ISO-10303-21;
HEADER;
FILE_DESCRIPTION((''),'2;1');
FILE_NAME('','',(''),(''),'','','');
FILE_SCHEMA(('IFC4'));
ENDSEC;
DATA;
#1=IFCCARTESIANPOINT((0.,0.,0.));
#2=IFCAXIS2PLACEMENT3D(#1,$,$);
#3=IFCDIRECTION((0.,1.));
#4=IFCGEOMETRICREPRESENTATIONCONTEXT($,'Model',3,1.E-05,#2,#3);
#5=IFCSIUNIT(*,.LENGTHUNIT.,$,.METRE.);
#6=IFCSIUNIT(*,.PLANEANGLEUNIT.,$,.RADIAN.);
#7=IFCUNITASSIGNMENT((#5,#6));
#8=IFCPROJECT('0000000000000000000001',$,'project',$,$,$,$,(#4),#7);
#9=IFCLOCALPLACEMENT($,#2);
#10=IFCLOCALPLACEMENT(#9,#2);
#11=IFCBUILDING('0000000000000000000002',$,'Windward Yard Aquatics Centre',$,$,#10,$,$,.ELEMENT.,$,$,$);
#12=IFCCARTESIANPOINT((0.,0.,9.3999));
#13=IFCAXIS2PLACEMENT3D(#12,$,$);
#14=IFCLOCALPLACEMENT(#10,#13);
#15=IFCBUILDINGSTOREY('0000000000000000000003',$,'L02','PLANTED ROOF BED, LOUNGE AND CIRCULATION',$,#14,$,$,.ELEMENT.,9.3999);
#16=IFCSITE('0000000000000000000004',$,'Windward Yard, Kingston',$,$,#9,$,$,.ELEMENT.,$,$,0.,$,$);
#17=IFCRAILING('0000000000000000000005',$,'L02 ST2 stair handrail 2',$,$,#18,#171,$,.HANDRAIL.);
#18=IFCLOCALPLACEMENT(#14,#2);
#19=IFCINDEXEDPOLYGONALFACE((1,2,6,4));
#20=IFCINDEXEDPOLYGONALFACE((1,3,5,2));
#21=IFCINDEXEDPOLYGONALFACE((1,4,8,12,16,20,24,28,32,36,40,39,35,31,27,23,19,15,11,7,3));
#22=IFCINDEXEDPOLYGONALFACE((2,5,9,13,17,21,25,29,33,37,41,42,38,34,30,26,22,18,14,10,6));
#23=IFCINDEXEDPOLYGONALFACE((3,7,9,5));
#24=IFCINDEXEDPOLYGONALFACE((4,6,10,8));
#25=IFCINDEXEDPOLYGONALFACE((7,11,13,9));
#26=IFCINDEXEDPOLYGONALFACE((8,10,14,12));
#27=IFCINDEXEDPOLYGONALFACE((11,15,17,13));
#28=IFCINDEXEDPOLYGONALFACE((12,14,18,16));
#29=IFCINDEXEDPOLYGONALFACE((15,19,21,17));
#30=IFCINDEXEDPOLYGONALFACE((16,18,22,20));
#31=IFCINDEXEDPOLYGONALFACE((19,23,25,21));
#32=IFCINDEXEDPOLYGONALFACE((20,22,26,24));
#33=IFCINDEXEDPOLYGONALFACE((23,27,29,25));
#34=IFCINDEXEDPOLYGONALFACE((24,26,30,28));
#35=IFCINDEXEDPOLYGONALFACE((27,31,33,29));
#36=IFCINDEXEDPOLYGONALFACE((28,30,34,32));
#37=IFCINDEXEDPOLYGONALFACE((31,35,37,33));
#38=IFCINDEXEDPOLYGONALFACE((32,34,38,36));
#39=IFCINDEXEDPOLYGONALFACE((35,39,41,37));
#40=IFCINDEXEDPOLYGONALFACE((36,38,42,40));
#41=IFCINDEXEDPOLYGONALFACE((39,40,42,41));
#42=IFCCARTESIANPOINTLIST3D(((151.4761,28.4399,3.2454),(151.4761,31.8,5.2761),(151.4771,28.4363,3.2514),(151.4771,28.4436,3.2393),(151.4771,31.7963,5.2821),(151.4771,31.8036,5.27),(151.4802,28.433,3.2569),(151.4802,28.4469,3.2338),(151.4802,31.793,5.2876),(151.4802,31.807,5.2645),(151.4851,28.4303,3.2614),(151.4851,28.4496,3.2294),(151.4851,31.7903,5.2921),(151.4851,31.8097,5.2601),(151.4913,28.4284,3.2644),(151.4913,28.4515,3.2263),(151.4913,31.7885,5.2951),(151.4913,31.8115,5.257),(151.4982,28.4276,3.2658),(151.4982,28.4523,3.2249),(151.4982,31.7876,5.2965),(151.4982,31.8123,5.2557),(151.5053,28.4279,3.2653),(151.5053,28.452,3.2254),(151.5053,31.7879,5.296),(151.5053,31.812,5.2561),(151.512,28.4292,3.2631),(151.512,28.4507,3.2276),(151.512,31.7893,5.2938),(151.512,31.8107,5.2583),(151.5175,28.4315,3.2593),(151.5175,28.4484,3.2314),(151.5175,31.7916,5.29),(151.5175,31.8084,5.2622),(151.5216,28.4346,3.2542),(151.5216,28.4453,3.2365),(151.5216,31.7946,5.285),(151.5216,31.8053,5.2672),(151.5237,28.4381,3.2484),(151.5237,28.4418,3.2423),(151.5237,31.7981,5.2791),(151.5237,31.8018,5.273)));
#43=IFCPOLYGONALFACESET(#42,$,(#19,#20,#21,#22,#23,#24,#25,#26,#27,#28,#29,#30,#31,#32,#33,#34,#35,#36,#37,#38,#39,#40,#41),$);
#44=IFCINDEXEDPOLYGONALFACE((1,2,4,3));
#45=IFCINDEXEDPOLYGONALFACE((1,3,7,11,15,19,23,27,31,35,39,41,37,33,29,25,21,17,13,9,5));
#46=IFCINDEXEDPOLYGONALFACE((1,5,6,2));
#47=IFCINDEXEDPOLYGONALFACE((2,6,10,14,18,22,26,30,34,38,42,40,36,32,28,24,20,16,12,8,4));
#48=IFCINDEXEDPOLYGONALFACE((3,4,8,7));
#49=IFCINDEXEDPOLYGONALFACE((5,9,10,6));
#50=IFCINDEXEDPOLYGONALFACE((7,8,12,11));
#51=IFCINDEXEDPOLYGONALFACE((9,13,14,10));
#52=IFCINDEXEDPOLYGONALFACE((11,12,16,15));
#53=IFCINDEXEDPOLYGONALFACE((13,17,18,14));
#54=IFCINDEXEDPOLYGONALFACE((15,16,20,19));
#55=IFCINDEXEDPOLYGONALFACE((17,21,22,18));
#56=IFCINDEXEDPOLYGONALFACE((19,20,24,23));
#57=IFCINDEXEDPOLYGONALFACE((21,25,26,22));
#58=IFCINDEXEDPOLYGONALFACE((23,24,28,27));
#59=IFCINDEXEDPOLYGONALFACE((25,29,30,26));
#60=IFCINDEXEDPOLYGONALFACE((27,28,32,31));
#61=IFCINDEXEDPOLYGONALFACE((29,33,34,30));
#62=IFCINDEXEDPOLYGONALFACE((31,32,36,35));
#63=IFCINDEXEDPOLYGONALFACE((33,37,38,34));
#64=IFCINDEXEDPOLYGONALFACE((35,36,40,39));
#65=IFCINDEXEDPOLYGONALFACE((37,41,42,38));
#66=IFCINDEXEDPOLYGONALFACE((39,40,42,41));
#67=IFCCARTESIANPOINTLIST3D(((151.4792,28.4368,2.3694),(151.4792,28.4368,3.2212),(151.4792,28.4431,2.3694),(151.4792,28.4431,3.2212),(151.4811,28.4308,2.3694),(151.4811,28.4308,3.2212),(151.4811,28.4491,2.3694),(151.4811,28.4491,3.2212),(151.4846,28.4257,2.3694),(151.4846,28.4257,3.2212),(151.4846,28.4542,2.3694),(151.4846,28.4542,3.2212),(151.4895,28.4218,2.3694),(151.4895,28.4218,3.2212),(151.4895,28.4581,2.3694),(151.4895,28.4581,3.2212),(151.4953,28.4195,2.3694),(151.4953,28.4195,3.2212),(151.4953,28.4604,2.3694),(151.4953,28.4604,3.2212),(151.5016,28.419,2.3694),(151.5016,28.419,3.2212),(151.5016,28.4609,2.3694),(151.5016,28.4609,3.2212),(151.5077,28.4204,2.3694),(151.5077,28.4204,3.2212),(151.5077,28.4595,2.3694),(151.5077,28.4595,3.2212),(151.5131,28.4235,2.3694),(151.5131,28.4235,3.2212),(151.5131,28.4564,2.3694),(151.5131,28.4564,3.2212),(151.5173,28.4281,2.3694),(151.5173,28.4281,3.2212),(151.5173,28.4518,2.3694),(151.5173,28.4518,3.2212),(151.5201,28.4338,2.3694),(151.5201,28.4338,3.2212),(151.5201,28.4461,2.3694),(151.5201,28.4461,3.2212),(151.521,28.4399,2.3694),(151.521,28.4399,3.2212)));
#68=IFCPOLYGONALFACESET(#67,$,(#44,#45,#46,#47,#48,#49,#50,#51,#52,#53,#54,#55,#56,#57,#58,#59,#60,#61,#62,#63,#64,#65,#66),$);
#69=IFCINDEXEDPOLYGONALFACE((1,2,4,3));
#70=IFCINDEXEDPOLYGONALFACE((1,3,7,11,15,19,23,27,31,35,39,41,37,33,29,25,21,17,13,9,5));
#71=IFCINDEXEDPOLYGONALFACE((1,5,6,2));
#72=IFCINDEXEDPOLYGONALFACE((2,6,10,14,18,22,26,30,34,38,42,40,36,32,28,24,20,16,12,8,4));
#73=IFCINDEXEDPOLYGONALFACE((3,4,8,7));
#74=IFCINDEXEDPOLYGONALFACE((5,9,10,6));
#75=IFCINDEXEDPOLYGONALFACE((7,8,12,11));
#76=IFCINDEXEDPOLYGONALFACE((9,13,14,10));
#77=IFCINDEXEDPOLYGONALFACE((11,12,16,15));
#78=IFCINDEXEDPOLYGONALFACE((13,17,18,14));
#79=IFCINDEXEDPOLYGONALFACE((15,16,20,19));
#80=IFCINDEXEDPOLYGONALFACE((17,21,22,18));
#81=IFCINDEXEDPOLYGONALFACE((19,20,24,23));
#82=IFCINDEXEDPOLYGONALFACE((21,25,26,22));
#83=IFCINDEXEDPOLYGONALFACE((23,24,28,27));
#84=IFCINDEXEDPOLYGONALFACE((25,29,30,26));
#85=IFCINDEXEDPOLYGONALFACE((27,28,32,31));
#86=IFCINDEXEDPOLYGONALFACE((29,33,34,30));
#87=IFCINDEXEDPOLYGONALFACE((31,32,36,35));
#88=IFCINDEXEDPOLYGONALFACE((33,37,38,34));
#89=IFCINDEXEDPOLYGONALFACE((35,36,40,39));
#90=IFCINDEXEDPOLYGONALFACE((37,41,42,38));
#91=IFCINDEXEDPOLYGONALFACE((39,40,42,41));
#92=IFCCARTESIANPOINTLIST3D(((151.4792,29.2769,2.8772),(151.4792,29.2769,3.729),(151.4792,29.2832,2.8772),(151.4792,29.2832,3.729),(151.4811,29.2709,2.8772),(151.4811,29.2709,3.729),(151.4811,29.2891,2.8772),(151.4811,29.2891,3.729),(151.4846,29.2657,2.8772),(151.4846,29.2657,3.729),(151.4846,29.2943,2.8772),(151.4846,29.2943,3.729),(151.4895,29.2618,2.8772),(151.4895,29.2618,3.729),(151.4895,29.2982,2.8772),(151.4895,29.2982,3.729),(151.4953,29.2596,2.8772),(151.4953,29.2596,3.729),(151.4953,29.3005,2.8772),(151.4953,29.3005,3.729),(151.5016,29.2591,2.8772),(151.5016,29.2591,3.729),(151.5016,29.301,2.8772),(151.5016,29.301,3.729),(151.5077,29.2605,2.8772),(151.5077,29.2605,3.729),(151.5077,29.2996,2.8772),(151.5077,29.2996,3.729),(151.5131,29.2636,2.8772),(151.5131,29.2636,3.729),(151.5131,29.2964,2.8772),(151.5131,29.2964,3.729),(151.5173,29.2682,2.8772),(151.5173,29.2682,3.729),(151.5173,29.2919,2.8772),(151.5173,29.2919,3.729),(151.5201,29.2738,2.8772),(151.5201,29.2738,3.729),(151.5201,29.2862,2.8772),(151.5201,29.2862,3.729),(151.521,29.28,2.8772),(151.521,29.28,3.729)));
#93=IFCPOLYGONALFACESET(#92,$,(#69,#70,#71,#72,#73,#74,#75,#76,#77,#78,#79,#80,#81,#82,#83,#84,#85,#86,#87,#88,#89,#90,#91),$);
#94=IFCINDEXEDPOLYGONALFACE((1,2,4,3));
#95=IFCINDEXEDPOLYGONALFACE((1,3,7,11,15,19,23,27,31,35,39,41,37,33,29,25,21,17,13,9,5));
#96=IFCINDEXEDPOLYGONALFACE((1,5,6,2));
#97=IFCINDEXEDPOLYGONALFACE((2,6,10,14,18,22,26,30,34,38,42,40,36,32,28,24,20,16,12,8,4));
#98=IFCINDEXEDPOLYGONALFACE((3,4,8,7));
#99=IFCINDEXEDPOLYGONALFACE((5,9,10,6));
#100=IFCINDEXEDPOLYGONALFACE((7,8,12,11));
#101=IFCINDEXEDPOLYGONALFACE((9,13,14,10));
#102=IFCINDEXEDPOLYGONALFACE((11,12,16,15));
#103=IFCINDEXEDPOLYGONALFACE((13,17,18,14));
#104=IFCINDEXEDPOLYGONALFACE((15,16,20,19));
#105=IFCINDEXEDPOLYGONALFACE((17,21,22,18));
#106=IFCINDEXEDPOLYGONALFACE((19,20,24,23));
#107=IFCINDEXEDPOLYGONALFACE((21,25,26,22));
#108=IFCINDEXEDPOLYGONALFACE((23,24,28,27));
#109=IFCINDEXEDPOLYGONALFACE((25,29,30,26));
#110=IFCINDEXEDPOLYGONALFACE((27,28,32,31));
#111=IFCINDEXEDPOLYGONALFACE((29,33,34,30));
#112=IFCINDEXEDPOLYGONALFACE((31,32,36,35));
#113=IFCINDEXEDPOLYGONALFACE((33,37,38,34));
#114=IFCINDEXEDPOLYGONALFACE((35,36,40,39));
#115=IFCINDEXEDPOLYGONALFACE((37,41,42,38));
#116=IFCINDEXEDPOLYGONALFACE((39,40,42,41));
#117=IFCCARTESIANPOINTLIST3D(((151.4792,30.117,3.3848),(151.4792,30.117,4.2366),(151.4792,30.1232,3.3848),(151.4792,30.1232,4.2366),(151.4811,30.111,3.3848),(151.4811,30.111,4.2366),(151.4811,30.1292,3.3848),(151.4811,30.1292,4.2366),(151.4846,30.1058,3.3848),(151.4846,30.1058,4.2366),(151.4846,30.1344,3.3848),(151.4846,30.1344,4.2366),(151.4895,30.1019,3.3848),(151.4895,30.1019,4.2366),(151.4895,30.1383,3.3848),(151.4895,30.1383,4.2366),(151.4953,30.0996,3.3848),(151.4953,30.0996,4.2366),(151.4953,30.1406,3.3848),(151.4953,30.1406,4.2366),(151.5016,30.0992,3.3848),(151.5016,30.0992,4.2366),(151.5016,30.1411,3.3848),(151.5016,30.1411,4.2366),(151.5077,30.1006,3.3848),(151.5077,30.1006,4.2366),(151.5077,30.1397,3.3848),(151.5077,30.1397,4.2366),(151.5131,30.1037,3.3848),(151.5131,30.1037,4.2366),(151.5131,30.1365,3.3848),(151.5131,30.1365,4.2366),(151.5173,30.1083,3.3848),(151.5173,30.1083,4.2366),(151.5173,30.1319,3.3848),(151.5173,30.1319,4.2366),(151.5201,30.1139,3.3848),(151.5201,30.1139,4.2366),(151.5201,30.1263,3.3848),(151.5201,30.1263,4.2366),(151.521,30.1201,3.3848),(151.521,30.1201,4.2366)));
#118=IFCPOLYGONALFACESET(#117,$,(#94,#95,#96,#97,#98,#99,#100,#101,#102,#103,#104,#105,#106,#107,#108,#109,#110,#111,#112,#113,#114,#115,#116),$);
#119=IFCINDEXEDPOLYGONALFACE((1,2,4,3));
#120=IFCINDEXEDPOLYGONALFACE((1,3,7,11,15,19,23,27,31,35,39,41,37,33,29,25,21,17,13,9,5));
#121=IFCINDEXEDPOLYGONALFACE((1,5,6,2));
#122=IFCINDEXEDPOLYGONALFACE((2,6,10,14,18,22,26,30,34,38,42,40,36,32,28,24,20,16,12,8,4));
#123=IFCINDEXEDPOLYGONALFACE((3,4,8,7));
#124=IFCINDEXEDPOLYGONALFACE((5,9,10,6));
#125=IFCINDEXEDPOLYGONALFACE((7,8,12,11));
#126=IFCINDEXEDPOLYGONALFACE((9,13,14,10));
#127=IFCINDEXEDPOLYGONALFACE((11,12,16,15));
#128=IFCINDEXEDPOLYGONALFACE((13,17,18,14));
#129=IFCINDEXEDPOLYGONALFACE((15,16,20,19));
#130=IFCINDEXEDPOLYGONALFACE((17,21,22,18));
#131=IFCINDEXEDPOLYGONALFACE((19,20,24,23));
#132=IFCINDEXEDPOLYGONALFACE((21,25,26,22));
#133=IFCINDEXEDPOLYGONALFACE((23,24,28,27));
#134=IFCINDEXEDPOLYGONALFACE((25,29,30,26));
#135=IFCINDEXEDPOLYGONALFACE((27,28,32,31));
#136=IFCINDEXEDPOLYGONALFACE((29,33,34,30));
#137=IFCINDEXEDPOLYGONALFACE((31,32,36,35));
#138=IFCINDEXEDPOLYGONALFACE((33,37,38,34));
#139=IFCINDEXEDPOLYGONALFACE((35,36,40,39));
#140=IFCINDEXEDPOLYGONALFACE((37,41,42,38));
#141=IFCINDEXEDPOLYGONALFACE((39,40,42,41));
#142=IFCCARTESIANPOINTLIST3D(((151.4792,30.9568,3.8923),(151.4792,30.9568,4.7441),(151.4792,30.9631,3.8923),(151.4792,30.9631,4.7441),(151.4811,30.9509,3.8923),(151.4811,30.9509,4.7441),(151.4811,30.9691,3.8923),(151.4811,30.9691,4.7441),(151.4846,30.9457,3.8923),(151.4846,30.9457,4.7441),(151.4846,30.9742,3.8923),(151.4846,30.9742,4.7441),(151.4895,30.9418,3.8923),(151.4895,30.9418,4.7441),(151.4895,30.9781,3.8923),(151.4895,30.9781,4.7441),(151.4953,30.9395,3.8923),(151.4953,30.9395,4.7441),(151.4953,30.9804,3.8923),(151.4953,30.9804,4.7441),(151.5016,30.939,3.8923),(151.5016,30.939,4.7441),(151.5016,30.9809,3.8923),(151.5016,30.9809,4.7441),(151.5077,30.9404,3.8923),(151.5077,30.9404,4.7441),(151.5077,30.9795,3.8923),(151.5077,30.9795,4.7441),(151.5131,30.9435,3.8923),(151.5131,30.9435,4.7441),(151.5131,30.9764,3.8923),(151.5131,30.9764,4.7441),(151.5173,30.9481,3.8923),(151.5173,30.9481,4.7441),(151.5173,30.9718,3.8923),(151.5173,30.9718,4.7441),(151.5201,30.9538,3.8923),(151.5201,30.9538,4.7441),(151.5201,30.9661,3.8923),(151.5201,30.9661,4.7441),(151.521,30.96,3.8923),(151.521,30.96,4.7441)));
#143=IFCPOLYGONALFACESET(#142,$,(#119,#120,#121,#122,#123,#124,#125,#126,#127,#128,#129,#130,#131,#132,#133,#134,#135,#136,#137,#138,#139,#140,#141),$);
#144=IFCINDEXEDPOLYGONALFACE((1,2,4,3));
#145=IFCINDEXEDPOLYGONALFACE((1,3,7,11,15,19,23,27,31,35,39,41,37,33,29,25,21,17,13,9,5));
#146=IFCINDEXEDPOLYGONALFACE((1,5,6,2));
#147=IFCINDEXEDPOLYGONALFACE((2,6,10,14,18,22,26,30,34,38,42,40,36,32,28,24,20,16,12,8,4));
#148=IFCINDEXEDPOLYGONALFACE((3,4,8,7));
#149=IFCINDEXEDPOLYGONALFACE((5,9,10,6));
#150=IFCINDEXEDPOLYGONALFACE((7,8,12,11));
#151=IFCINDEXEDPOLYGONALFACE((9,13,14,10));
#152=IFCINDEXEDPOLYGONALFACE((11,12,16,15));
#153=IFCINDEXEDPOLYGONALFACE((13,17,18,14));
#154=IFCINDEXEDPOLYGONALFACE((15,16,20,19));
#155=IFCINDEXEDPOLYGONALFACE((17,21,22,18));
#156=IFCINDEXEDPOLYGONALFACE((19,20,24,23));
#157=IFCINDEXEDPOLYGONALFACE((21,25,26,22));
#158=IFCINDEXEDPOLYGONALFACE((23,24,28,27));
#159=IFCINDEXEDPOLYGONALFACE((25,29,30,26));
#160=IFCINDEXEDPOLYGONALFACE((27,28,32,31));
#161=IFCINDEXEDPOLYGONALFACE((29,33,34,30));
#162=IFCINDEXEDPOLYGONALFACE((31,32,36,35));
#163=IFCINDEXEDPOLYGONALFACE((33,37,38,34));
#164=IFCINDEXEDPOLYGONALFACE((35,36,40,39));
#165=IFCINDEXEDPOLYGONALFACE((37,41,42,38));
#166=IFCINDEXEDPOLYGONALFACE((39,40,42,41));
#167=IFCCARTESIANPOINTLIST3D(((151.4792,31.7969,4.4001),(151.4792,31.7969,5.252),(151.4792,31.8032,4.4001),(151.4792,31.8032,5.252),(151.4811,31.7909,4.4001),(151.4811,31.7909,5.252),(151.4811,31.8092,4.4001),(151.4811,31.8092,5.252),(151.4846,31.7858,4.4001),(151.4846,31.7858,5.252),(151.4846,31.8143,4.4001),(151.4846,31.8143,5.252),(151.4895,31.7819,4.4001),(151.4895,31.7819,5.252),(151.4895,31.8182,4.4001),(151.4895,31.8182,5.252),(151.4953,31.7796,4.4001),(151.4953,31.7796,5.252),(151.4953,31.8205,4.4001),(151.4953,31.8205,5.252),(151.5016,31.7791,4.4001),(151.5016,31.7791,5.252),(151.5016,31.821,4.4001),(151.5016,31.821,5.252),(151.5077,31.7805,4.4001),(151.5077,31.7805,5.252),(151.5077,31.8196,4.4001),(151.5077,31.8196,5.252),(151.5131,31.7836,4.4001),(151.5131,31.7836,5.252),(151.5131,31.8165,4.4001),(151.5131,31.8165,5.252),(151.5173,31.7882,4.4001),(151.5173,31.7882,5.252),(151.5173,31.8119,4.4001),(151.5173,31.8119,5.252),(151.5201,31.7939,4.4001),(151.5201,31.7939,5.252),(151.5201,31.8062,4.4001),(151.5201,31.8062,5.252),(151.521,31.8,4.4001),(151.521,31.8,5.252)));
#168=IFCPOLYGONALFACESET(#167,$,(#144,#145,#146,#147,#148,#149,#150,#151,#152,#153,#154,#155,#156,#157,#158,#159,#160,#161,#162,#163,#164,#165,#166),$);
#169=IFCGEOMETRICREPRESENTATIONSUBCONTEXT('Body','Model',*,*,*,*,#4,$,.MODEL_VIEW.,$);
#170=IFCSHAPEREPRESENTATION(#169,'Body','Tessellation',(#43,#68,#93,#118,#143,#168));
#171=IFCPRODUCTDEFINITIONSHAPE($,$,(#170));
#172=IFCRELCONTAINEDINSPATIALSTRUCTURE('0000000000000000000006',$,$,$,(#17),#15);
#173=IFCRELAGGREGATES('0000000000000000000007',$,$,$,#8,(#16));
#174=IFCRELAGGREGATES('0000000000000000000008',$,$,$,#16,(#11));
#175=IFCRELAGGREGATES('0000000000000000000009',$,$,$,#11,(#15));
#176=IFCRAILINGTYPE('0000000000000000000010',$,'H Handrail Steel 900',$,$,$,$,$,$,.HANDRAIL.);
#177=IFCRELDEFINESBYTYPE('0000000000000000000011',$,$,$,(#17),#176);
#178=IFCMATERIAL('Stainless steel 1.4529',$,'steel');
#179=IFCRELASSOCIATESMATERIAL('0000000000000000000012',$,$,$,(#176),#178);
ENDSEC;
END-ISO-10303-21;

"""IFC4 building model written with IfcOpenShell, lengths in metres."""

from ifc_helpers import new_model, si_unit, direction, frame, origin, origin_2d, place, context, subcontext, project, spatial, circle, extrude, material, type_object, element, save


model = new_model("IFC4")

# Units and contexts
model_context = context("Model", 3, precision=1e-05, world=origin(), true_north=direction((0.0, 1.0)))
body_context = subcontext(model_context, "Body", "Model", "MODEL_VIEW")
ifc_project = project(units=[si_unit("LENGTHUNIT", "METRE"), si_unit("PLANEANGLEUNIT", "RADIAN")], contexts=[model_context])

# Site, building, storey
site_placement = place(None, origin())
site = spatial("IfcSite", under=ifc_project, at=site_placement, Name="Windward Yard, Kingston", CompositionType="ELEMENT", RefElevation=0.0)
building_placement = place(site_placement, origin())
building = spatial("IfcBuilding", under=site, at=building_placement, Name="Windward Yard Aquatics Centre", CompositionType="ELEMENT")
storey_placement = place(building_placement, frame((0.0, 0.0, 9.3999)))
storey = spatial("IfcBuildingStorey", under=building, at=storey_placement, Name="L02", Description="PLANTED ROOF BED, LOUNGE AND CIRCULATION", CompositionType="ELEMENT", Elevation=9.3999)

# Railing
ifc_material_1 = material(Name="Stainless steel 1.4529", Category="steel")
railing_type_1 = type_object("IfcRailingType", Name="H Handrail Steel 900", PredefinedType="HANDRAIL", material=ifc_material_1)
railing_1_placement = place(storey_placement, frame((151.5, 28.4399, 2.3694)))
element("IfcRailing", 1, at=railing_1_placement, inside=storey, type_object=railing_type_1, Name="L02 ST2 stair handrail 2", PredefinedType="HANDRAIL", context=body_context, shape_type="SweptSolid", body=[
    extrude(circle(Radius=0.0239, at=origin_2d()), frame((0.0, 0.0, 0.876), z_axis=(0.0, 0.855837, 0.517246), x_axis=(-1.0, 0.0, 0.0)), (0.0, 0.0, 1.0), 3.926),
    extrude(circle(Radius=0.021, at=origin_2d()), origin(), (0.0, 0.0, 1.0), 0.8518),
    extrude(circle(Radius=0.021, at=origin_2d()), frame((0.0, 0.8401, 0.5078)), (0.0, 0.0, 1.0), 0.8518),
    extrude(circle(Radius=0.021, at=origin_2d()), frame((0.0, 1.6802, 1.0154)), (0.0, 0.0, 1.0), 0.8518),
    extrude(circle(Radius=0.021, at=origin_2d()), frame((0.0, 2.52, 1.5229)), (0.0, 0.0, 1.0), 0.8518),
    extrude(circle(Radius=0.021, at=origin_2d()), frame((0.0, 3.3601, 2.0308)), (0.0, 0.0, 1.0), 0.8518),
])

save(model, "model.ifc")
